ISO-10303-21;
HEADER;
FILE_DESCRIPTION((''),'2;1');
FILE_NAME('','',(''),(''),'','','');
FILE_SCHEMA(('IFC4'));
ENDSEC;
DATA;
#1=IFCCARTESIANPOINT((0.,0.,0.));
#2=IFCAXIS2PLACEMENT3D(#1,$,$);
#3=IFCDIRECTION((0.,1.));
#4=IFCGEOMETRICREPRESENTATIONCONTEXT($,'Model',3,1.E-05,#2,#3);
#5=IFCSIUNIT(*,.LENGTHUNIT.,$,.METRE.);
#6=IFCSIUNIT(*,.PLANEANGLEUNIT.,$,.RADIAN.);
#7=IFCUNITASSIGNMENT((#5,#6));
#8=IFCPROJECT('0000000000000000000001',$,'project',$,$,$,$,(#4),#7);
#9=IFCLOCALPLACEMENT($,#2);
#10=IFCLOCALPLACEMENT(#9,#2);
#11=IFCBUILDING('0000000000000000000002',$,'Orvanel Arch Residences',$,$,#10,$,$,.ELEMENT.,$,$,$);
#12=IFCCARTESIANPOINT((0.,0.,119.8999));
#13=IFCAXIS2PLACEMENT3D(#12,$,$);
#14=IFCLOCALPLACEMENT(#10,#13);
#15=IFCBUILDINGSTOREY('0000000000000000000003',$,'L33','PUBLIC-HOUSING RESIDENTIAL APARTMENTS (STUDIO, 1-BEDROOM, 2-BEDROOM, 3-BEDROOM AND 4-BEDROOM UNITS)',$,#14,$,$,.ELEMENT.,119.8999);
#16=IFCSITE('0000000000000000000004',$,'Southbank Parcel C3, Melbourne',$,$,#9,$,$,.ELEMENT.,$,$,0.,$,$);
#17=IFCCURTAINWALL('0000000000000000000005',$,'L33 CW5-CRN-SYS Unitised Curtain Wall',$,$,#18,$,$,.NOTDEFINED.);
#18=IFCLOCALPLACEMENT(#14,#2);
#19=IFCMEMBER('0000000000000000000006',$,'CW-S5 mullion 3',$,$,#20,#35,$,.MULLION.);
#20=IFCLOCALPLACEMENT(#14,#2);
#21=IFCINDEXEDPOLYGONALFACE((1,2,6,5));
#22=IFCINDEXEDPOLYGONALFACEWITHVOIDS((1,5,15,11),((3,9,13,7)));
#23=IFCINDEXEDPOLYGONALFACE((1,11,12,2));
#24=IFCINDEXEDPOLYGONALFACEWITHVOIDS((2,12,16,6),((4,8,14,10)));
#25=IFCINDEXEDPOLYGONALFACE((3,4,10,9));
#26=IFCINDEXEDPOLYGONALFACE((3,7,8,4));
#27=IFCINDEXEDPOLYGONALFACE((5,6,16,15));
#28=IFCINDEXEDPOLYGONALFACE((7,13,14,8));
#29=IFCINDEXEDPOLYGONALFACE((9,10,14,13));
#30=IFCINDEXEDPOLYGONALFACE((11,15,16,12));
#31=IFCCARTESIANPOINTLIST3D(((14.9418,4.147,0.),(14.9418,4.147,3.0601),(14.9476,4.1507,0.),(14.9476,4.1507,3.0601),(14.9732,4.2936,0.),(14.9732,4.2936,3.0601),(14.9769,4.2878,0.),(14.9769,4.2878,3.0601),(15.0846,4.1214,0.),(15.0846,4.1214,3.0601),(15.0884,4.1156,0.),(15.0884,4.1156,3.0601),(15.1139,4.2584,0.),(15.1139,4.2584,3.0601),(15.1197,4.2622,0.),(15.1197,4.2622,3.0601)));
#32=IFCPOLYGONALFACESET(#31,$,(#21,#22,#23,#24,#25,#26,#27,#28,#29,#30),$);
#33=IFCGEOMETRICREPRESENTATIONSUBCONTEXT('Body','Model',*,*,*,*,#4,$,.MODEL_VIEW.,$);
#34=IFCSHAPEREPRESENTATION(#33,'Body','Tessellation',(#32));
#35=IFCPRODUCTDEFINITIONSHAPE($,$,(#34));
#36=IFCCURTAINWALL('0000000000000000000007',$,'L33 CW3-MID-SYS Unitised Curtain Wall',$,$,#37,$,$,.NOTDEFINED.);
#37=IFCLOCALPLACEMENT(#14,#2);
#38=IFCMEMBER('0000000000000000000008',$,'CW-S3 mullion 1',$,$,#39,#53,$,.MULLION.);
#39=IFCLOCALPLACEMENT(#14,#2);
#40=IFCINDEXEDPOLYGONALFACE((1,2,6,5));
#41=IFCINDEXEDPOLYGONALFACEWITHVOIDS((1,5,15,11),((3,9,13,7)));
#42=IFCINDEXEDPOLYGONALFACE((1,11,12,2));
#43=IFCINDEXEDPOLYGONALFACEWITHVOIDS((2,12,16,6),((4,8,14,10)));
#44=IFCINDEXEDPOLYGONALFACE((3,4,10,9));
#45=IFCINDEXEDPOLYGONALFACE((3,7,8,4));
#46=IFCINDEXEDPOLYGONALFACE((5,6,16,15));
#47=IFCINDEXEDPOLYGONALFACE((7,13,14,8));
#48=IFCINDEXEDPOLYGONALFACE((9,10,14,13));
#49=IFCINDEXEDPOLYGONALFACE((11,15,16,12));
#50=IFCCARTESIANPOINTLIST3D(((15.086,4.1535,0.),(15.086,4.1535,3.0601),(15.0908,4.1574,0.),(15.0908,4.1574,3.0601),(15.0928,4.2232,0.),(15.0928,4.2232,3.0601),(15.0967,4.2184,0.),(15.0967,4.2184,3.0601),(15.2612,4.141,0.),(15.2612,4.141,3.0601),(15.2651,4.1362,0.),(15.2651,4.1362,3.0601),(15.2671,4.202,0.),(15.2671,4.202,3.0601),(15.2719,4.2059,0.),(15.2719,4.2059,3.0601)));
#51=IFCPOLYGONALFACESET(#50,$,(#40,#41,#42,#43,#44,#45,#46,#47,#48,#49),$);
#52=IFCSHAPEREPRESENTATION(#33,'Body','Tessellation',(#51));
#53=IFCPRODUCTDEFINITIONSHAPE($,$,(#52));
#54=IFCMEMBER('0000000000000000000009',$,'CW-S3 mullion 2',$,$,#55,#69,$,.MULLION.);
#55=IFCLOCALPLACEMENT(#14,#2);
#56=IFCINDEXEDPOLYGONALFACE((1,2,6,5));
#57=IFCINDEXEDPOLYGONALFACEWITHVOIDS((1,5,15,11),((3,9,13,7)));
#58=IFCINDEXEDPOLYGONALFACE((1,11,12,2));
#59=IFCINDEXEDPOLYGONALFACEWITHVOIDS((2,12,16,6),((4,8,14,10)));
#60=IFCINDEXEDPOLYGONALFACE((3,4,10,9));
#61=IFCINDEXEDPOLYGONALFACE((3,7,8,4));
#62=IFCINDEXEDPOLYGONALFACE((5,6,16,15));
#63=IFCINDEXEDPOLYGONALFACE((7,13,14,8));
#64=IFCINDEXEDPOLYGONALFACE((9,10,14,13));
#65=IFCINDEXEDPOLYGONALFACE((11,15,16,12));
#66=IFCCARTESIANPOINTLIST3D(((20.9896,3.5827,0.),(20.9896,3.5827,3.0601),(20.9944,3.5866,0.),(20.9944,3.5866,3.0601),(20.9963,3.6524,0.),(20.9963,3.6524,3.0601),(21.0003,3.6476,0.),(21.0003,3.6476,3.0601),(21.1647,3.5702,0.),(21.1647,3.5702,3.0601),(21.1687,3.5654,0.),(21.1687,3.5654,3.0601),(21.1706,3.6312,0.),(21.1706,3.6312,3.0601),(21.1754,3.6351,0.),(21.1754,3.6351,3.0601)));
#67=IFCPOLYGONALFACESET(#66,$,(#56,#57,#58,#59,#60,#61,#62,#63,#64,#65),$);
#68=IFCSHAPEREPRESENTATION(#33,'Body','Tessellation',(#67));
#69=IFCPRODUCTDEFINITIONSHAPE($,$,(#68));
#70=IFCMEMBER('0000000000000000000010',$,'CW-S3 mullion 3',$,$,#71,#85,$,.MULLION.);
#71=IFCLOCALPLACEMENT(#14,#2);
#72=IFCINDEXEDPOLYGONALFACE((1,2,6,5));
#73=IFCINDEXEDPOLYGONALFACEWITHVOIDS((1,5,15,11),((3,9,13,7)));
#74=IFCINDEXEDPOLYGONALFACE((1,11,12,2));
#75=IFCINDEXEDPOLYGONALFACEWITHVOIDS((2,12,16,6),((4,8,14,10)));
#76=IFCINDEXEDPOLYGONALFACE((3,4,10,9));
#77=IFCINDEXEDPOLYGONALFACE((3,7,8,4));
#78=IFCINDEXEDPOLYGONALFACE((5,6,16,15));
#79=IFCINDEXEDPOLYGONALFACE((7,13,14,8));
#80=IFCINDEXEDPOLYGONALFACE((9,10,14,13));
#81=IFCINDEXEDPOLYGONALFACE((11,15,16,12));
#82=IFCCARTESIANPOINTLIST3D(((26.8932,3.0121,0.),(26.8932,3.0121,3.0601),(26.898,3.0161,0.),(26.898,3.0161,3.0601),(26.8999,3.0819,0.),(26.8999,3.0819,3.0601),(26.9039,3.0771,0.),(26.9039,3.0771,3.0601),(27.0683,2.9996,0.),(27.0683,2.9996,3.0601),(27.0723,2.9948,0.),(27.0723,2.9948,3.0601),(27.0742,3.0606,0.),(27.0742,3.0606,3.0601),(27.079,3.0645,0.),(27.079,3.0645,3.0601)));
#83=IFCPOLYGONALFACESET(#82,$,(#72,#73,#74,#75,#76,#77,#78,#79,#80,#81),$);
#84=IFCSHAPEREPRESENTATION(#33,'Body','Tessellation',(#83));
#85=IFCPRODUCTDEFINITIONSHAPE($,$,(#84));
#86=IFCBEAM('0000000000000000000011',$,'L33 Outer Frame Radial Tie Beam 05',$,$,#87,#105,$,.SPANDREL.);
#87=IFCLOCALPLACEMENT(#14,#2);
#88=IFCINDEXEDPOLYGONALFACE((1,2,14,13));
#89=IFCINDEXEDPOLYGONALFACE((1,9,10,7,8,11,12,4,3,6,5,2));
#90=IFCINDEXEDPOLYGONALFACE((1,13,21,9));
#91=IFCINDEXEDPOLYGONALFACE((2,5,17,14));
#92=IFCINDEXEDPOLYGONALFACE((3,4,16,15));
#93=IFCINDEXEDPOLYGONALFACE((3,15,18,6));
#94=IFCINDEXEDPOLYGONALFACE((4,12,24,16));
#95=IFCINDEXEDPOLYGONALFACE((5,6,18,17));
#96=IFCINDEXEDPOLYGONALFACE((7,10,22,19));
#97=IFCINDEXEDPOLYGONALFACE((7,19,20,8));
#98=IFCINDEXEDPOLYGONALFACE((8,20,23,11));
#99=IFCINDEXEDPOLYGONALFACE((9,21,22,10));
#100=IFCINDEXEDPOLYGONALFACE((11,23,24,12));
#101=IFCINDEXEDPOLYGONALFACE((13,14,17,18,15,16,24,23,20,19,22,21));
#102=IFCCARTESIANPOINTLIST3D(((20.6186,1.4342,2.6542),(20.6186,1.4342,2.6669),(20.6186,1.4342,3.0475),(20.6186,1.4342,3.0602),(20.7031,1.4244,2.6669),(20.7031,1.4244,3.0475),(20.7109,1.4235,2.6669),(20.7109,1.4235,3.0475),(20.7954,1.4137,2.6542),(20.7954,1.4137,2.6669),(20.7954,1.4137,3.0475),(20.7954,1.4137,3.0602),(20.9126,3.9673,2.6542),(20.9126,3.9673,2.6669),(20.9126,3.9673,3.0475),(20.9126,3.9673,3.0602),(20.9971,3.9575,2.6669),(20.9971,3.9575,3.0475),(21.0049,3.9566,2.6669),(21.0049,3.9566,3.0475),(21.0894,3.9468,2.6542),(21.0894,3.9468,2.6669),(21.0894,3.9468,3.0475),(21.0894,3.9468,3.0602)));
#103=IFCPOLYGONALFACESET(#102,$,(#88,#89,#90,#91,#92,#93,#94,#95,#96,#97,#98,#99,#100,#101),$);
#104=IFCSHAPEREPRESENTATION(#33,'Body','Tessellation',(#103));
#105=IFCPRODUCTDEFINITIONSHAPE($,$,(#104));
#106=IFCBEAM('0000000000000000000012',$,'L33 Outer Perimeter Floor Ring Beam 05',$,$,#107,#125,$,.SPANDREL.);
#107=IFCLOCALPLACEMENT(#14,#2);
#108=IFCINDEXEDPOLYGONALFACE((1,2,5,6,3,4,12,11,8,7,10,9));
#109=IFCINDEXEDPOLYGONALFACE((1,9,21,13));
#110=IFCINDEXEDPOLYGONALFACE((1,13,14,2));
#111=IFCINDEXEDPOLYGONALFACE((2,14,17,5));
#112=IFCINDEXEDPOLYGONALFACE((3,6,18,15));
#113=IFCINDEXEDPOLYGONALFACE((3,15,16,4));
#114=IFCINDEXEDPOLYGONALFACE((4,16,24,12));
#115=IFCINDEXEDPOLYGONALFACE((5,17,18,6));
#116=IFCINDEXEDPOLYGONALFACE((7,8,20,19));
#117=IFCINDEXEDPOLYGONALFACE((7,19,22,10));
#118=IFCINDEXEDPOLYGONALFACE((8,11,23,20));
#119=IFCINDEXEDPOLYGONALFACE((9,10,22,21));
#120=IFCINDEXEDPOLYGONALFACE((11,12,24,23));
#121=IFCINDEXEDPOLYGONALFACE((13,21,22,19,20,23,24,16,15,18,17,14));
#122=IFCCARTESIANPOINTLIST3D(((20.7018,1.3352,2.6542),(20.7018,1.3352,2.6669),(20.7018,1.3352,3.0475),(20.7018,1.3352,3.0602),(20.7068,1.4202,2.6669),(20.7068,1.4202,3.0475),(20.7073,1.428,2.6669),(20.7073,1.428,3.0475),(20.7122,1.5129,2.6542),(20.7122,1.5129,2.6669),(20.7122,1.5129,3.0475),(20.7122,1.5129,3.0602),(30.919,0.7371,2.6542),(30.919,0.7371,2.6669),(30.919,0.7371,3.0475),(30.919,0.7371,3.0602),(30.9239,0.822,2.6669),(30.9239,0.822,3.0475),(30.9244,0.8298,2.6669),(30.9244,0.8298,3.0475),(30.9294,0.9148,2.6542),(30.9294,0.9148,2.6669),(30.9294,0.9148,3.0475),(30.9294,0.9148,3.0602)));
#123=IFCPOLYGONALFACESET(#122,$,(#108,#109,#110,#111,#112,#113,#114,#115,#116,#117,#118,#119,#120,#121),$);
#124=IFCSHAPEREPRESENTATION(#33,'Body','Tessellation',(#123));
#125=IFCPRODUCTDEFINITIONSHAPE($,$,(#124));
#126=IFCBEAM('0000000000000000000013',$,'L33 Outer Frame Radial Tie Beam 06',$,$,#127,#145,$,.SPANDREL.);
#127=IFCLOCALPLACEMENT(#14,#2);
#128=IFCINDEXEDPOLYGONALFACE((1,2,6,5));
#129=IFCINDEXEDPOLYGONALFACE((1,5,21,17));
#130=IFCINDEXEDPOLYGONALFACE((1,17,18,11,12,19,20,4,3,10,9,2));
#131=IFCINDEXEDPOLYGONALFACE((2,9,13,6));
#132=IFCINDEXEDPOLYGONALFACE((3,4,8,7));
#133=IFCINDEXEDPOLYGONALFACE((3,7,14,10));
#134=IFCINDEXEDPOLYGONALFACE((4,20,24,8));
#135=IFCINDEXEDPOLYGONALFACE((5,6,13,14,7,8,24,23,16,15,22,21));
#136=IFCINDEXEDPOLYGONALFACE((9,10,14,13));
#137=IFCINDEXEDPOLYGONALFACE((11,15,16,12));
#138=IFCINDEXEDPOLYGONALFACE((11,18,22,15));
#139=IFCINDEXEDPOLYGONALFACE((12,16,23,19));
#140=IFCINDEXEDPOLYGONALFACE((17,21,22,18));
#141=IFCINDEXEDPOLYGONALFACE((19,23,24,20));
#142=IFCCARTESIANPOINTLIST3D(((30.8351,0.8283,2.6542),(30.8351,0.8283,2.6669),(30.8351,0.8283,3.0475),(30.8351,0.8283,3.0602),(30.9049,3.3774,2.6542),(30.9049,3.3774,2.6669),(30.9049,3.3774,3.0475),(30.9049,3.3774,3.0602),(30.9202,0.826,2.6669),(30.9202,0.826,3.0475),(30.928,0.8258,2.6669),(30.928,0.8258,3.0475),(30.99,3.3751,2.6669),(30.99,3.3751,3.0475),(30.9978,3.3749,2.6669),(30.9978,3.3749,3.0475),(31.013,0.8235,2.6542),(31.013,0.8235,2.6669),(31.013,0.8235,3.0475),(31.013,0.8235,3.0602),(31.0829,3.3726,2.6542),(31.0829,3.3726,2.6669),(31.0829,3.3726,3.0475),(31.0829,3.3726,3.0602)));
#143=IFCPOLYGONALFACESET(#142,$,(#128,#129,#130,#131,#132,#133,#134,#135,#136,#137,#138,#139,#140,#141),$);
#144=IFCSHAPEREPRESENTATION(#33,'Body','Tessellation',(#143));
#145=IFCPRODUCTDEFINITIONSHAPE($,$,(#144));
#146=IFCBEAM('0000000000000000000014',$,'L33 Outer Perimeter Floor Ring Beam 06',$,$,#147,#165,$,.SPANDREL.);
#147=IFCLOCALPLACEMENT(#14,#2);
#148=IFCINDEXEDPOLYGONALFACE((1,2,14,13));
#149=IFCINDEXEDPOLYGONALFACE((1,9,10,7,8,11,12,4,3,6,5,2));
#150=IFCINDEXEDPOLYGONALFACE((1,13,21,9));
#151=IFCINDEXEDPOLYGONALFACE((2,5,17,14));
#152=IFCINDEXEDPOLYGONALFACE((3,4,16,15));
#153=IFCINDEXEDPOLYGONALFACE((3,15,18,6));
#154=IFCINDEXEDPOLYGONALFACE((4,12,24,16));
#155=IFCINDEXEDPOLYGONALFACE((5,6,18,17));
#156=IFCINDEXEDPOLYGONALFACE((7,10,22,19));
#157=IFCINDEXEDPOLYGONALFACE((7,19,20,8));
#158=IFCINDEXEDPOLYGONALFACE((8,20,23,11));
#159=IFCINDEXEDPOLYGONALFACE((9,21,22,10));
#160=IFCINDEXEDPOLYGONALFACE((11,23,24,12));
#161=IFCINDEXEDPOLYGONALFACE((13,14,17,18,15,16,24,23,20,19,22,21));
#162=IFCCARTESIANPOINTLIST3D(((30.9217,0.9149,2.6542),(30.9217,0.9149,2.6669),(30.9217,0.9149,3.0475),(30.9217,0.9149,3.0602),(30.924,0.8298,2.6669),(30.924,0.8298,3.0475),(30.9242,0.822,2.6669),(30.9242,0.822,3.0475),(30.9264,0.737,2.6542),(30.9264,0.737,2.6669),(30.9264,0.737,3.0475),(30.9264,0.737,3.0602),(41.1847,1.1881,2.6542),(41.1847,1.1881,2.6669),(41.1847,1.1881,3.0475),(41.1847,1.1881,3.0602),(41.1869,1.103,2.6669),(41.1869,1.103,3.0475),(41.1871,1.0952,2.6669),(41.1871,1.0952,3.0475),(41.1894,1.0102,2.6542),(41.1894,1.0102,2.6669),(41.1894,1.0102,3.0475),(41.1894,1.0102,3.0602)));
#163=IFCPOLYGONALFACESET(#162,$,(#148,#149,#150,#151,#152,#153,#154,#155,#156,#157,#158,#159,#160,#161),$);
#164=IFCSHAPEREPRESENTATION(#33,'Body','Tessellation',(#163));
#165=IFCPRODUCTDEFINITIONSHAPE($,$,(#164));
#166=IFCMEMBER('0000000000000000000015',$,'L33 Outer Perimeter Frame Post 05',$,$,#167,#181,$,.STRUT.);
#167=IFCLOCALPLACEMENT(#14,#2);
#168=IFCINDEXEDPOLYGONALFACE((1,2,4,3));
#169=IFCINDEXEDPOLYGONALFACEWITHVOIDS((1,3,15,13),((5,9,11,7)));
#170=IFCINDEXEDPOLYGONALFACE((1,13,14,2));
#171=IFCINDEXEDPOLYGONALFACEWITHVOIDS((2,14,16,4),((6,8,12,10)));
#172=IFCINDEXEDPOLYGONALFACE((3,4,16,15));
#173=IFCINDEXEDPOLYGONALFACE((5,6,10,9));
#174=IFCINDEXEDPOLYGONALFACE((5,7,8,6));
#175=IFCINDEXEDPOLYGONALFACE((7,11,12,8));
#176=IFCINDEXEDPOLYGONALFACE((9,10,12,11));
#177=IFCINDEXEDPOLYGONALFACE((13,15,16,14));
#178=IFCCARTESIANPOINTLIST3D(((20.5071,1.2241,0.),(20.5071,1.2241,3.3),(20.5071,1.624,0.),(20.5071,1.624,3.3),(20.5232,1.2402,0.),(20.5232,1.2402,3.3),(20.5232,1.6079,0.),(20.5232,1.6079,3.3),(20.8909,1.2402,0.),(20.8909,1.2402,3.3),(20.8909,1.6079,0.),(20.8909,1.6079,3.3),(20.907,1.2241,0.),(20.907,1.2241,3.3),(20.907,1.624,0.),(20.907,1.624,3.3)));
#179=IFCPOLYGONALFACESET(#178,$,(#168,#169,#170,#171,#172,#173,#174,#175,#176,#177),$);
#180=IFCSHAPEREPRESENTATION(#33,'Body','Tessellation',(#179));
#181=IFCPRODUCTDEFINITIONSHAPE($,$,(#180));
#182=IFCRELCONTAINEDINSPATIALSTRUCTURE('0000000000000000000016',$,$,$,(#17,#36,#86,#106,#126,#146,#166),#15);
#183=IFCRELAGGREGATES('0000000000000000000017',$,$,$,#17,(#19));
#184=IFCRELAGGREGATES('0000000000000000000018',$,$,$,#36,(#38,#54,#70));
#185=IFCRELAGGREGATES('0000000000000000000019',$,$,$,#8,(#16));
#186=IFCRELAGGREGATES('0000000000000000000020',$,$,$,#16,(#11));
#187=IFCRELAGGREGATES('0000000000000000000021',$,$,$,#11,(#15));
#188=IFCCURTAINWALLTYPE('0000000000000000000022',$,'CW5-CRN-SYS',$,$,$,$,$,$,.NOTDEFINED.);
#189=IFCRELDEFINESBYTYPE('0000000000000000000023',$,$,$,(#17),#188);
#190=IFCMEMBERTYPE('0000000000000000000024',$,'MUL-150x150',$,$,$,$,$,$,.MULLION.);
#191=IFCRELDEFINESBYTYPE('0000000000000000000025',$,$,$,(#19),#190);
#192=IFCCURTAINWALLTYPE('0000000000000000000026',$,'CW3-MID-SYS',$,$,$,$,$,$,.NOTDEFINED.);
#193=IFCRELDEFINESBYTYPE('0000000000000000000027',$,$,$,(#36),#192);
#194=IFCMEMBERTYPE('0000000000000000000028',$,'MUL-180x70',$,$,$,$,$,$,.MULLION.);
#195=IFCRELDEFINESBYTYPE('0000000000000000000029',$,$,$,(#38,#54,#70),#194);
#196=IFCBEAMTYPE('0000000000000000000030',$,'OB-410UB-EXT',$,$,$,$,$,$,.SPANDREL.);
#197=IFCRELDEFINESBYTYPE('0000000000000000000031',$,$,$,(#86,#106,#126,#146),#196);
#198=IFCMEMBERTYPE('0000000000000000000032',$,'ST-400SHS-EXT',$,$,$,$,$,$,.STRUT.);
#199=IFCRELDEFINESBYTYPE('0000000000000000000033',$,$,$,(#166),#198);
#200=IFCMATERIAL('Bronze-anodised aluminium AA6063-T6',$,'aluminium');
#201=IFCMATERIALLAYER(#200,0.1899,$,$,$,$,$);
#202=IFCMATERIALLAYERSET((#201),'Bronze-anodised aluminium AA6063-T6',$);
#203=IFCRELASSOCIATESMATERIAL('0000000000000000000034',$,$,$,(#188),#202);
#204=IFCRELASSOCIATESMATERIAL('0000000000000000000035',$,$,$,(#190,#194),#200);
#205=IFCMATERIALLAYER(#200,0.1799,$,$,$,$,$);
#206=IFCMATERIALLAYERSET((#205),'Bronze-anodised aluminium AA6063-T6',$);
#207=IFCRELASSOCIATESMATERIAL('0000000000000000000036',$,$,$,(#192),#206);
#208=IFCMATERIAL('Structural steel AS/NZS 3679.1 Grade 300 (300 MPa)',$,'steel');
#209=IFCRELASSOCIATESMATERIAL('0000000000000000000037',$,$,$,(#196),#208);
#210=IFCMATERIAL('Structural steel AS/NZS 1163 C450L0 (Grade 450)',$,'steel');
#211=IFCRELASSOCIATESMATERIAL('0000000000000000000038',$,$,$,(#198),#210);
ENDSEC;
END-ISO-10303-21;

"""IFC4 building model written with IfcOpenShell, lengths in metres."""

from ifc_helpers import new_model, si_unit, direction, frame, origin, origin_2d, place, context, subcontext, project, spatial, hollow_rectangle, i_section, extrude, material, layer, layer_set, material_profile, profile_set, type_object, element, aggregate, save


model = new_model("IFC4")

# Units and contexts
model_context = context("Model", 3, precision=1e-05, world=origin(), true_north=direction((0.0, 1.0)))
body_context = subcontext(model_context, "Body", "Model", "MODEL_VIEW")
ifc_project = project(units=[si_unit("LENGTHUNIT", "METRE"), si_unit("PLANEANGLEUNIT", "RADIAN")], contexts=[model_context])

# Site, building, storey
site_placement = place(None, origin())
site = spatial("IfcSite", under=ifc_project, at=site_placement, Name="Southbank Parcel C3, Melbourne", CompositionType="ELEMENT", RefElevation=0.0)
building_placement = place(site_placement, origin())
building = spatial("IfcBuilding", under=site, at=building_placement, Name="Orvanel Arch Residences", CompositionType="ELEMENT")
storey_placement = place(building_placement, frame((0.0, 0.0, 119.8999)))
storey = spatial("IfcBuildingStorey", under=building, at=storey_placement, Name="L33", Description="PUBLIC-HOUSING RESIDENTIAL APARTMENTS (STUDIO, 1-BEDROOM, 2-BEDROOM, 3-BEDROOM AND 4-BEDROOM UNITS)", CompositionType="ELEMENT", Elevation=119.8999)

# Curtain wall, member
ifc_material_1 = material(Name="Bronze-anodised aluminium AA6063-T6", Category="aluminium")
ifc_layer_1 = layer(ifc_material_1, 0.1899)
ifc_layer_set_1 = layer_set([ifc_layer_1], Name="Bronze-anodised aluminium AA6063-T6")
curtain_wall_type_1 = type_object("IfcCurtainWallType", Name="CW5-CRN-SYS", PredefinedType="NOTDEFINED", material=ifc_layer_set_1)
curtain_wall_1_placement = place(storey_placement, origin())
curtain_wall_1 = element("IfcCurtainWall", 1, at=curtain_wall_1_placement, inside=storey, type_object=curtain_wall_type_1, Name="L33 CW5-CRN-SYS Unitised Curtain Wall", PredefinedType="NOTDEFINED")
ifc_material_profile_1 = material_profile(ifc_material_1, hollow_rectangle(XDim=0.1499, YDim=0.1499, WallThickness=0.0049, at=origin_2d()), Name="ALU150x150x5")
ifc_profile_set_1 = profile_set([ifc_material_profile_1], Name="Bronze-anodised aluminium AA6063-T6")
member_type_1 = type_object("IfcMemberType", Name="MUL-150x150", PredefinedType="MULLION", material=ifc_profile_set_1)
member_1_placement = place(storey_placement, frame((15.0308, 4.2046, 0.0), z_axis=(0.0, 0.0, 1.0), x_axis=(0.20927, 0.977858, 0.0)))
member_1 = element("IfcMember", 2, at=member_1_placement, type_object=member_type_1, Name="CW-S5 mullion 3", PredefinedType="MULLION", context=body_context, shape_type="SweptSolid", body=[
    extrude(hollow_rectangle(XDim=0.1499, YDim=0.1499, WallThickness=0.0049, at=origin_2d()), origin(), (0.0, 0.0, 1.0), 3.0601),
])
aggregate(curtain_wall_1, [member_1])

# Curtain wall, members
ifc_layer_2 = layer(ifc_material_1, 0.1799)
ifc_layer_set_2 = layer_set([ifc_layer_2], Name="Bronze-anodised aluminium AA6063-T6")
curtain_wall_type_2 = type_object("IfcCurtainWallType", Name="CW3-MID-SYS", PredefinedType="NOTDEFINED", material=ifc_layer_set_2)
curtain_wall_2_placement = place(storey_placement, origin())
curtain_wall_2 = element("IfcCurtainWall", 3, at=curtain_wall_2_placement, inside=storey, type_object=curtain_wall_type_2, Name="L33 CW3-MID-SYS Unitised Curtain Wall", PredefinedType="NOTDEFINED")
ifc_material_profile_2 = material_profile(ifc_material_1, hollow_rectangle(XDim=0.0701, YDim=0.1799, WallThickness=0.0044, at=origin_2d()), Name="ALU180x70x4.5")
ifc_profile_set_2 = profile_set([ifc_material_profile_2], Name="Bronze-anodised aluminium AA6063-T6")
member_type_2 = type_object("IfcMemberType", Name="MUL-180x70", PredefinedType="MULLION", material=ifc_profile_set_2)
member_2_placement = place(storey_placement, frame((15.179, 4.1797, 0.0), z_axis=(0.0, 0.0, 1.0), x_axis=(0.096209, 0.995361, 0.0)))
member_2 = element("IfcMember", 4, at=member_2_placement, type_object=member_type_2, Name="CW-S3 mullion 1", PredefinedType="MULLION", context=body_context, shape_type="SweptSolid", body=[
    extrude(hollow_rectangle(XDim=0.0701, YDim=0.1799, WallThickness=0.0044, at=origin_2d()), origin(), (0.0, 0.0, 1.0), 3.0601),
])
member_3_placement = place(storey_placement, frame((21.0825, 3.6089, 0.0), z_axis=(0.0, 0.0, 1.0), x_axis=(0.096209, 0.995361, 0.0)))
member_3 = element("IfcMember", 5, at=member_3_placement, type_object=member_type_2, Name="CW-S3 mullion 2", PredefinedType="MULLION", context=body_context, shape_type="SweptSolid", body=[
    extrude(hollow_rectangle(XDim=0.0701, YDim=0.1799, WallThickness=0.0044, at=origin_2d()), origin(), (0.0, 0.0, 1.0), 3.0601),
])
member_4_placement = place(storey_placement, frame((26.9861, 3.0383, 0.0), z_axis=(0.0, 0.0, 1.0), x_axis=(0.096209, 0.995361, 0.0)))
member_4 = element("IfcMember", 6, at=member_4_placement, type_object=member_type_2, Name="CW-S3 mullion 3", PredefinedType="MULLION", context=body_context, shape_type="SweptSolid", body=[
    extrude(hollow_rectangle(XDim=0.0701, YDim=0.1799, WallThickness=0.0044, at=origin_2d()), origin(), (0.0, 0.0, 1.0), 3.0601),
])

# Beams
ifc_material_2 = material(Name="Structural steel AS/NZS 3679.1 Grade 300 (300 MPa)", Category="steel")
ifc_material_profile_3 = material_profile(ifc_material_2, i_section(OverallWidth=0.178, OverallDepth=0.406, WebThickness=0.0078, FlangeThickness=0.0127, at=origin_2d()), Name="410UB59.7")
ifc_profile_set_3 = profile_set([ifc_material_profile_3], Name="Structural steel AS/NZS 3679.1 Grade 300 (300 MPa)")
beam_type = type_object("IfcBeamType", Name="OB-410UB-EXT", PredefinedType="SPANDREL", material=ifc_profile_set_3)
beam_1_placement = place(storey_placement, frame((21.001, 3.957, 2.8572), z_axis=(-0.115275, -0.993334, 0.0), x_axis=(0.993334, -0.115275, 0.0)))
element("IfcBeam", 7, at=beam_1_placement, inside=storey, type_object=beam_type, Name="L33 Outer Frame Radial Tie Beam 05", PredefinedType="SPANDREL", context=body_context, shape_type="SweptSolid", body=[
    extrude(i_section(OverallWidth=0.178, OverallDepth=0.406, WebThickness=0.0078, FlangeThickness=0.0127, at=origin_2d()), origin(), (0.0, 0.0, 1.0), 2.55),
])
beam_2_placement = place(storey_placement, frame((20.707, 1.4241, 2.8572), z_axis=(0.998291, -0.058444, 0.0), x_axis=(0.058444, 0.998291, 0.0)))
element("IfcBeam", 8, at=beam_2_placement, inside=storey, type_object=beam_type, Name="L33 Outer Perimeter Floor Ring Beam 05", PredefinedType="SPANDREL", context=body_context, shape_type="SweptSolid", body=[
    extrude(i_section(OverallWidth=0.178, OverallDepth=0.406, WebThickness=0.0078, FlangeThickness=0.0127, at=origin_2d()), origin(), (0.0, 0.0, 1.0), 10.2346),
])
beam_3_placement = place(storey_placement, frame((30.9939, 3.375, 2.8572), z_axis=(-0.027382, -0.999625, 0.0), x_axis=(0.999625, -0.027382, 0.0)))
element("IfcBeam", 9, at=beam_3_placement, inside=storey, type_object=beam_type, Name="L33 Outer Frame Radial Tie Beam 06", PredefinedType="SPANDREL", context=body_context, shape_type="SweptSolid", body=[
    extrude(i_section(OverallWidth=0.178, OverallDepth=0.406, WebThickness=0.0078, FlangeThickness=0.0127, at=origin_2d()), origin(), (0.0, 0.0, 1.0), 2.55),
])
beam_4_placement = place(storey_placement, frame((30.9241, 0.8259, 2.8572), z_axis=(0.999646, 0.02661, 0.0), x_axis=(-0.02661, 0.999646, 0.0)))
element("IfcBeam", 10, at=beam_4_placement, inside=storey, type_object=beam_type, Name="L33 Outer Perimeter Floor Ring Beam 06", PredefinedType="SPANDREL", context=body_context, shape_type="SweptSolid", body=[
    extrude(i_section(OverallWidth=0.178, OverallDepth=0.406, WebThickness=0.0078, FlangeThickness=0.0127, at=origin_2d()), origin(), (0.0, 0.0, 1.0), 10.2666),
])

# Member
ifc_material_3 = material(Name="Structural steel AS/NZS 1163 C450L0 (Grade 450)", Category="steel")
ifc_material_profile_4 = material_profile(ifc_material_3, hollow_rectangle(XDim=0.3999, YDim=0.3999, WallThickness=0.0161, at=origin_2d()), Name="SHS400x400x16")
ifc_profile_set_4 = profile_set([ifc_material_profile_4], Name="Structural steel AS/NZS 1163 C450L0 (Grade 450)")
member_type_3 = type_object("IfcMemberType", Name="ST-400SHS-EXT", PredefinedType="STRUT", material=ifc_profile_set_4)
for number, where, z_axis, x_axis, name in (
    (11, (20.707, 1.4241, 0.0), (0.0, 0.0, 1.0), (1.0, 0.0, 0.0), "L33 Outer Perimeter Frame Post 05"),
):
    element("IfcMember", number, at=place(storey_placement, frame(where, z_axis=z_axis, x_axis=x_axis)), inside=storey, type_object=member_type_3, Name=name, PredefinedType="STRUT", context=body_context, shape_type="SweptSolid", body=[
        extrude(hollow_rectangle(XDim=0.3999, YDim=0.3999, WallThickness=0.0161, at=origin_2d()), origin(), (0.0, 0.0, 1.0), 3.3),
    ])

aggregate(curtain_wall_2, [member_2, member_3, member_4])

save(model, "model.ifc")
